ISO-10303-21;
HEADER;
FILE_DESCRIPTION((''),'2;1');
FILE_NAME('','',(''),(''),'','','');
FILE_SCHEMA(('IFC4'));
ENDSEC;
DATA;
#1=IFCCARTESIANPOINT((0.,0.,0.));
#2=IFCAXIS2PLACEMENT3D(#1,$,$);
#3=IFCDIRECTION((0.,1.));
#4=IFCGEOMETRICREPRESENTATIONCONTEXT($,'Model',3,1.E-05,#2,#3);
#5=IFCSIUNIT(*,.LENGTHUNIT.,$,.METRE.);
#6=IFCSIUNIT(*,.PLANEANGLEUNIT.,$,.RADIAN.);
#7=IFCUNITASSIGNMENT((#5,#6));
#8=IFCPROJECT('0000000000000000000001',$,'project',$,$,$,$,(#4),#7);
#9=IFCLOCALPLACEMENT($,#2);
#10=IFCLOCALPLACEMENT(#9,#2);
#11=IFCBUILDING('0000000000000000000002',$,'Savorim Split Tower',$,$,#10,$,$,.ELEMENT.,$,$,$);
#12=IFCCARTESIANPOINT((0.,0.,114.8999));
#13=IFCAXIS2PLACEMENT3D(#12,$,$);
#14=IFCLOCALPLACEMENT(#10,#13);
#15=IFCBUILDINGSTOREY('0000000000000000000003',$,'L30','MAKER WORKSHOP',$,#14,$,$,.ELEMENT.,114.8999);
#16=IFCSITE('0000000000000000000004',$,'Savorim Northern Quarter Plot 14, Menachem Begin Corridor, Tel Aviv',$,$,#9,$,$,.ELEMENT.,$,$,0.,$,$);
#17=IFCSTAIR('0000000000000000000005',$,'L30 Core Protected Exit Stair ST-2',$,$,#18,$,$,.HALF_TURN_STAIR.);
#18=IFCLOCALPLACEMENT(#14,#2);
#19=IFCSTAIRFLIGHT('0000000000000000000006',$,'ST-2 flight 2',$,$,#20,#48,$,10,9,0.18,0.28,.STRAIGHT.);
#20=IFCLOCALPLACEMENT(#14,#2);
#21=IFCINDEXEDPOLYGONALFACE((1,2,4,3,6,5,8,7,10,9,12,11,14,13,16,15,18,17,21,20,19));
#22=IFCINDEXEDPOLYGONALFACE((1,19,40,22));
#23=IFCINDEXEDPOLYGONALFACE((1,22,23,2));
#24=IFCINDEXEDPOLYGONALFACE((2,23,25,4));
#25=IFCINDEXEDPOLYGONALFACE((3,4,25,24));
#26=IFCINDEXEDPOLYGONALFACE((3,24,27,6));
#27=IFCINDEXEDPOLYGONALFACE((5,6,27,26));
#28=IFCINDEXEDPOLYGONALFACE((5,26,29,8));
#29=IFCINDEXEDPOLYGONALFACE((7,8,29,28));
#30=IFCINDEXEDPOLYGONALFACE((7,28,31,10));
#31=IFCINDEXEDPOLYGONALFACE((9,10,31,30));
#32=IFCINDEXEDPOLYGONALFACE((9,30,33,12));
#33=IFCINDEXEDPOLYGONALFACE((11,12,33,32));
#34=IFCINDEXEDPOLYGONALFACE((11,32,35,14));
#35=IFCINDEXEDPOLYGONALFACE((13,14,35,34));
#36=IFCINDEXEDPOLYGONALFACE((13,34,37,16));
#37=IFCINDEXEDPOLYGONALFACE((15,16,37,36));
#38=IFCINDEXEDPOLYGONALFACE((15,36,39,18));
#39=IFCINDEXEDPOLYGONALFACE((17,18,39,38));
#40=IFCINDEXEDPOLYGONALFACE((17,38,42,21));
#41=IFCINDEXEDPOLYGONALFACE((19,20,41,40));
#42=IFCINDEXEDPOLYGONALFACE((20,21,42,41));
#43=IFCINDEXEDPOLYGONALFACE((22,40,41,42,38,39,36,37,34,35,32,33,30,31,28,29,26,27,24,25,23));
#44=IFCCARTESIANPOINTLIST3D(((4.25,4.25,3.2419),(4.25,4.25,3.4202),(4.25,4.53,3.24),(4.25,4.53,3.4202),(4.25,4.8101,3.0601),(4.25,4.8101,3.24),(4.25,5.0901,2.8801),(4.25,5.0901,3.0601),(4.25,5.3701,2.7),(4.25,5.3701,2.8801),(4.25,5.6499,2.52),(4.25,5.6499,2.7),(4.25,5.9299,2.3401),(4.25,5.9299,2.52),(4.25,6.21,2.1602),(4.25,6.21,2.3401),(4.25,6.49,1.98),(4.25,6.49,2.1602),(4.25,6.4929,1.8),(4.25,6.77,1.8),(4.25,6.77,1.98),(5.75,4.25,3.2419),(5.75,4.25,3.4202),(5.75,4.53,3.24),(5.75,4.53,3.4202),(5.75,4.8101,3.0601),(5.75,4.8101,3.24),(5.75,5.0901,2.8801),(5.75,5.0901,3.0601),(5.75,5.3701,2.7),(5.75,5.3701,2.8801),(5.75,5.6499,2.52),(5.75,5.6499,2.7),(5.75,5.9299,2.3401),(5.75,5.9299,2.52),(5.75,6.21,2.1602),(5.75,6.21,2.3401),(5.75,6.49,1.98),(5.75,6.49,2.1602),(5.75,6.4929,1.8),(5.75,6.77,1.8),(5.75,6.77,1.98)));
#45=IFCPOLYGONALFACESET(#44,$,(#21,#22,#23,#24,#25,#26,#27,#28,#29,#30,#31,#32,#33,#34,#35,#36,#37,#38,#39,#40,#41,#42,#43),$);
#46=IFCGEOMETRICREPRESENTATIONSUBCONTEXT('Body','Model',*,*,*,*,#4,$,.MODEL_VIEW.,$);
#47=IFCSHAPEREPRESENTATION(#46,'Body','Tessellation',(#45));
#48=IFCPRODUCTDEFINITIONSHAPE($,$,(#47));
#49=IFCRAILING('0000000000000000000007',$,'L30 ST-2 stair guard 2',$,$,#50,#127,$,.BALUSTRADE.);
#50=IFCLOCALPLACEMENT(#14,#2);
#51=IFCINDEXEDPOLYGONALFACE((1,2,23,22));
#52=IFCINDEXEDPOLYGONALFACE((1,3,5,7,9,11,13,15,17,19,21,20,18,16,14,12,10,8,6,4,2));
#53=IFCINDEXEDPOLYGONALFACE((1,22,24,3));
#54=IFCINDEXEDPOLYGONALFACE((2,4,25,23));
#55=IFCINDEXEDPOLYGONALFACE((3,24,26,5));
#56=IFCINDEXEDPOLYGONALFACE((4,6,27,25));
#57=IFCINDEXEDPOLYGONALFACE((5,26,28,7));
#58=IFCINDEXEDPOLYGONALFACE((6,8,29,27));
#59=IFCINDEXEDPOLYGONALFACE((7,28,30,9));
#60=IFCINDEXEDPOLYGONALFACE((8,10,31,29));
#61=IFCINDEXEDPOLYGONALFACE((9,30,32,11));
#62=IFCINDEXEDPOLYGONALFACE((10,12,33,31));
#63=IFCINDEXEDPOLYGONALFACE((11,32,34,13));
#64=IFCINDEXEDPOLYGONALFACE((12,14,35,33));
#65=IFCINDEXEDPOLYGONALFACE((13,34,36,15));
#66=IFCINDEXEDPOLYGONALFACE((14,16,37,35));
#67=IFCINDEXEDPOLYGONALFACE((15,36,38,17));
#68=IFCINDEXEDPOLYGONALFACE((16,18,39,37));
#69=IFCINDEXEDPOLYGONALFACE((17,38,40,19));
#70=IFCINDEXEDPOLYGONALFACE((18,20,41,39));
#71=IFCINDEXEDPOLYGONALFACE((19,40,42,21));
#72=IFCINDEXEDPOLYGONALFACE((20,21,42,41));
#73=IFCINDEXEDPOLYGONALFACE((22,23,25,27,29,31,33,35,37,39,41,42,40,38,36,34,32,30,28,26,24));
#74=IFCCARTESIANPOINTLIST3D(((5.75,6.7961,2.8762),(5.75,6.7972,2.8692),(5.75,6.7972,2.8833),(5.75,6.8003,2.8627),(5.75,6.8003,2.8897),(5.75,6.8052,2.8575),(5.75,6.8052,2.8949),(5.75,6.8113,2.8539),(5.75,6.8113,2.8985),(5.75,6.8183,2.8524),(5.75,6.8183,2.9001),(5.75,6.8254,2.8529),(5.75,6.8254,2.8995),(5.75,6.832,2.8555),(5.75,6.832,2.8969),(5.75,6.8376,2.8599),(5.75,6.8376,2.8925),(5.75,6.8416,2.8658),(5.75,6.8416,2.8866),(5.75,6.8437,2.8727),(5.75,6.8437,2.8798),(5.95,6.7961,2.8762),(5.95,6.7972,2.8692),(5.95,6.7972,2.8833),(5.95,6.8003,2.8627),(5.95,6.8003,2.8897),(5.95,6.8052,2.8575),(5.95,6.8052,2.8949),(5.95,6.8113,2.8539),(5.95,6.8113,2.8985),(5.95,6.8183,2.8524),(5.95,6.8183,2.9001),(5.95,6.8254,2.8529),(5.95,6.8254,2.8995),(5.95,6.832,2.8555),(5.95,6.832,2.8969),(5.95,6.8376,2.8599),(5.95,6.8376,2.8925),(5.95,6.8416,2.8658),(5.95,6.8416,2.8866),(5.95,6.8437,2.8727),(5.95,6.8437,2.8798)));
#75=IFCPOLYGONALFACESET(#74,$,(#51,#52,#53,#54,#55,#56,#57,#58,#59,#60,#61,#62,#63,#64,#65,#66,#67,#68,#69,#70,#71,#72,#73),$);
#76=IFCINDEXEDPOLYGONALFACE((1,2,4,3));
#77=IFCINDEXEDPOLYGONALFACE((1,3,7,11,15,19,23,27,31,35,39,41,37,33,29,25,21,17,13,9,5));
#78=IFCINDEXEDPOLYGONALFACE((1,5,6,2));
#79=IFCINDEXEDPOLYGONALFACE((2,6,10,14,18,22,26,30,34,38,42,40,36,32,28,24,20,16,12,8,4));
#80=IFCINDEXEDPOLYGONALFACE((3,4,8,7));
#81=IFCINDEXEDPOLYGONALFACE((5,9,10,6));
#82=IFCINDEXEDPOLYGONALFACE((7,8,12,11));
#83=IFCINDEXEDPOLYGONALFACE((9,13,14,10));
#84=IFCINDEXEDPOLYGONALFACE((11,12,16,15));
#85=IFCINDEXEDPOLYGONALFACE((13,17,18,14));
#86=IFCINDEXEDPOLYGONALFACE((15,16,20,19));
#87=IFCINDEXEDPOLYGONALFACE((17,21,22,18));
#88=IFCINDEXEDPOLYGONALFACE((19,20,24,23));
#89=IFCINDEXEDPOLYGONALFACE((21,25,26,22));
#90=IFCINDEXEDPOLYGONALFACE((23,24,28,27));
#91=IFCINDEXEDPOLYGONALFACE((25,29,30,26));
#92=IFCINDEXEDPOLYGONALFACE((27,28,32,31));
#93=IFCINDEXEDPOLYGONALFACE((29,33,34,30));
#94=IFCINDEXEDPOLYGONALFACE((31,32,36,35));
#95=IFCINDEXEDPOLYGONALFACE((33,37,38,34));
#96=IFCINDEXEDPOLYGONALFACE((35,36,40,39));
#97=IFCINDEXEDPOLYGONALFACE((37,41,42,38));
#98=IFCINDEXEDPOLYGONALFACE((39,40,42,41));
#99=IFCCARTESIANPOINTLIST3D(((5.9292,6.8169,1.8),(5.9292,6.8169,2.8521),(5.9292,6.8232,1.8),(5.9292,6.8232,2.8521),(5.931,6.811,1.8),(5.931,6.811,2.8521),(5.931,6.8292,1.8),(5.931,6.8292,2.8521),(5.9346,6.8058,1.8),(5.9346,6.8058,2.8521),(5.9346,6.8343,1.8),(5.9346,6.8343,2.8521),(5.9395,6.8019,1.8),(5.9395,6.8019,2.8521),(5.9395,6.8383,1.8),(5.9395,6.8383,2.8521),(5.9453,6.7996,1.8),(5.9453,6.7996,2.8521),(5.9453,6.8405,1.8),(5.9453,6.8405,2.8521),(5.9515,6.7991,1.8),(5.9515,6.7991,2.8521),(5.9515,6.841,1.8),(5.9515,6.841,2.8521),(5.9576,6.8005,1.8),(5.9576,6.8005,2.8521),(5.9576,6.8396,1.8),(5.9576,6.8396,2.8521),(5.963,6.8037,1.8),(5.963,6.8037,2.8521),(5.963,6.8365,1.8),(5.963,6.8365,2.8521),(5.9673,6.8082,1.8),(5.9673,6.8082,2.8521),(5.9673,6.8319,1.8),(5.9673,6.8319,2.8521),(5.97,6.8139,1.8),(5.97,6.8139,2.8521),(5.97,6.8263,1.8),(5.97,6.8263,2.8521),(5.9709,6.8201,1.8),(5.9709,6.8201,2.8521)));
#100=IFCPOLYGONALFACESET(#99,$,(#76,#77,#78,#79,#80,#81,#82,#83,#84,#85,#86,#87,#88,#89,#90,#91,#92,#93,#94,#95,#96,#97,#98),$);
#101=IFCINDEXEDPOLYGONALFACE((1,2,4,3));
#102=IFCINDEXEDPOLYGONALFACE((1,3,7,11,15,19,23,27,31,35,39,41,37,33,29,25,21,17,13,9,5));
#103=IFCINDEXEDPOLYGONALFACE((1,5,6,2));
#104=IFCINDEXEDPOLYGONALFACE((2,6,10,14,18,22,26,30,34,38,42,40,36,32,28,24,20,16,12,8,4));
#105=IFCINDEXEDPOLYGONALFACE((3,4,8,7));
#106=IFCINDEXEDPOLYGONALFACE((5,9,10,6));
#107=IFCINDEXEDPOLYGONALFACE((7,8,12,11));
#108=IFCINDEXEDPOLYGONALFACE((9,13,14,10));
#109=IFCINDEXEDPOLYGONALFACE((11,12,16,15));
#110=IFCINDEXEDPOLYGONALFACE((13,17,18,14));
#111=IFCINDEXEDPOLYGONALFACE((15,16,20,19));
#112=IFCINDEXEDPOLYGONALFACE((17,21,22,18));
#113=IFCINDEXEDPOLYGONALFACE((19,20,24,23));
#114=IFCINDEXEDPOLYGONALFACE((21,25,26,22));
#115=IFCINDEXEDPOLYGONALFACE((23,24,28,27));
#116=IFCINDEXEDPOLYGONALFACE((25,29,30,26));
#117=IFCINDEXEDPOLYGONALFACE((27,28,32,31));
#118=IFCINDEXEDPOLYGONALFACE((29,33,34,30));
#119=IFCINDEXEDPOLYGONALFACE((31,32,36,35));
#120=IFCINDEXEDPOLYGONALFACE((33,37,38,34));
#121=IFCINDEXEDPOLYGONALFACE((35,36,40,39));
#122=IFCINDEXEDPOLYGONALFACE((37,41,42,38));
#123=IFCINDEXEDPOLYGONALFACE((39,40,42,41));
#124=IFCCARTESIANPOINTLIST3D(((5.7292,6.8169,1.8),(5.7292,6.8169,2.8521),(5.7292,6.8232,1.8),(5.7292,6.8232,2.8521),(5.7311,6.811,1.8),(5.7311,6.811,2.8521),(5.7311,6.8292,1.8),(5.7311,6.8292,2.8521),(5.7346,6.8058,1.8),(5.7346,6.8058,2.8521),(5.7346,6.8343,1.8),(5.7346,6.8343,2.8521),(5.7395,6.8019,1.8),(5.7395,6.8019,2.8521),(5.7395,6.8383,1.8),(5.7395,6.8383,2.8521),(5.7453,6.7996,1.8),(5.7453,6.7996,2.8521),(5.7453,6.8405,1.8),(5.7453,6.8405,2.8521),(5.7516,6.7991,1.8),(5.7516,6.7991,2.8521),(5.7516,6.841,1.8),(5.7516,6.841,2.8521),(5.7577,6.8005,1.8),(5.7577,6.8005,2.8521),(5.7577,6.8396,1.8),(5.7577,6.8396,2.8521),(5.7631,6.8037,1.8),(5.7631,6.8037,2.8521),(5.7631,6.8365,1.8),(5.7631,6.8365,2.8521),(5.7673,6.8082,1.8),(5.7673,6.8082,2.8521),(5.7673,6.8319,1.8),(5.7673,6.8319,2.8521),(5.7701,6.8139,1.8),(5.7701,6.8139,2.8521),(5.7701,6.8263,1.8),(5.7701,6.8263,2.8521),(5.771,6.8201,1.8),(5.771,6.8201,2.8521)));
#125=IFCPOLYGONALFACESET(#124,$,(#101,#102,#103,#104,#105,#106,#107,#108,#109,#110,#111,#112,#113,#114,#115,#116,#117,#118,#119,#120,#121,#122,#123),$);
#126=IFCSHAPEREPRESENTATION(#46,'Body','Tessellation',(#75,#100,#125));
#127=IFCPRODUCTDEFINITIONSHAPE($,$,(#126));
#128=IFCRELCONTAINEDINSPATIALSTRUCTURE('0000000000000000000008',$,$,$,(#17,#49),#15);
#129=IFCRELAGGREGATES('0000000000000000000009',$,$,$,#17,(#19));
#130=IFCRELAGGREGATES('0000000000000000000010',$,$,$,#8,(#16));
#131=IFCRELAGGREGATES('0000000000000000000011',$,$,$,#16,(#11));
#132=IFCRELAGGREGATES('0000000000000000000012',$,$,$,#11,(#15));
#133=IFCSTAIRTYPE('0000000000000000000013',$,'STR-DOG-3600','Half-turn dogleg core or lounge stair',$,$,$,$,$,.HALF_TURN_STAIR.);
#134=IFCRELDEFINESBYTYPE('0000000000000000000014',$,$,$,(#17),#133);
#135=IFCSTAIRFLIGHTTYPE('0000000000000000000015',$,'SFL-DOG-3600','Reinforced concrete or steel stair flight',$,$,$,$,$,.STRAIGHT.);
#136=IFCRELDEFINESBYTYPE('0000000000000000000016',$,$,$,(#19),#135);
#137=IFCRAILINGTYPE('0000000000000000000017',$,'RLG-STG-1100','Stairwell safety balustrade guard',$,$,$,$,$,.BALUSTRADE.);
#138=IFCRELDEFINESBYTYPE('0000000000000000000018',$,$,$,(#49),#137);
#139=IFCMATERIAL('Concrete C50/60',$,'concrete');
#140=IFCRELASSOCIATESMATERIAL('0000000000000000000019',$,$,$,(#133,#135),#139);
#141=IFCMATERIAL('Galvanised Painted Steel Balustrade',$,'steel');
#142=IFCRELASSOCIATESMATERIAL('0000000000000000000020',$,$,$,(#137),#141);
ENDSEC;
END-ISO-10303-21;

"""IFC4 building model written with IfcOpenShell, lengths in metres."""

from ifc_helpers import new_model, si_unit, direction, frame, origin, origin_2d, place, context, subcontext, project, spatial, polyline, circle, outline, extrude, material, type_object, element, aggregate, save


model = new_model("IFC4")

# Units and contexts
model_context = context("Model", 3, precision=1e-05, world=origin(), true_north=direction((0.0, 1.0)))
body_context = subcontext(model_context, "Body", "Model", "MODEL_VIEW")
ifc_project = project(units=[si_unit("LENGTHUNIT", "METRE"), si_unit("PLANEANGLEUNIT", "RADIAN")], contexts=[model_context])

# Site, building, storey
site_placement = place(None, origin())
site = spatial("IfcSite", under=ifc_project, at=site_placement, Name="Savorim Northern Quarter Plot 14, Menachem Begin Corridor, Tel Aviv", CompositionType="ELEMENT", RefElevation=0.0)
building_placement = place(site_placement, origin())
building = spatial("IfcBuilding", under=site, at=building_placement, Name="Savorim Split Tower", CompositionType="ELEMENT")
storey_placement = place(building_placement, frame((0.0, 0.0, 114.8999)))
storey = spatial("IfcBuildingStorey", under=building, at=storey_placement, Name="L30", Description="MAKER WORKSHOP", CompositionType="ELEMENT", Elevation=114.8999)

# Stair, stair flight
ifc_material_1 = material(Name="Concrete C50/60", Category="concrete")
stair_type = type_object("IfcStairType", Name="STR-DOG-3600", Description="Half-turn dogleg core or lounge stair", PredefinedType="HALF_TURN_STAIR", material=ifc_material_1)
stair_placement = place(storey_placement, origin())
stair = element("IfcStair", 1, at=stair_placement, inside=storey, type_object=stair_type, Name="L30 Core Protected Exit Stair ST-2", PredefinedType="HALF_TURN_STAIR")
stair_flight_type = type_object("IfcStairFlightType", Name="SFL-DOG-3600", Description="Reinforced concrete or steel stair flight", PredefinedType="STRAIGHT", material=ifc_material_1)
stair_flight_placement = place(storey_placement, frame((5.0, 6.77, 1.8), z_axis=(0.0, 0.0, 1.0), x_axis=(0.0, -1.0, 0.0)))
stair_flight = element("IfcStairFlight", 2, at=stair_flight_placement, type_object=stair_flight_type, Name="ST-2 flight 2", NumberOfRisers=10, NumberOfTreads=9, PredefinedType="STRAIGHT", RiserHeight=0.18, TreadLength=0.28, context=body_context, shape_type="SweptSolid", body=[
    extrude(outline(polyline([(0.0, 0.0), (0.0, 0.1799), (0.28, 0.1799), (0.28, 0.3601), (0.5601, 0.3601), (0.5601, 0.54), (0.8401, 0.54), (0.8401, 0.72), (1.1201, 0.72), (1.1201, 0.8999), (1.3999, 0.8999), (1.3999, 1.0801), (1.6799, 1.0801), (1.6799, 1.26), (1.96, 1.26), (1.96, 1.4399), (2.24, 1.4399), (2.24, 1.6201), (2.52, 1.6201), (2.52, 1.8), (2.52, 1.4419), (0.2771, 0.0), (0.0, 0.0)])), frame((0.0, 0.75, 0.0), z_axis=(0.0, -1.0, 0.0), x_axis=(1.0, 0.0, 0.0)), (0.0, 0.0, 1.0), 1.5),
])
aggregate(stair, [stair_flight])

# Railing
ifc_material_2 = material(Name="Galvanised Painted Steel Balustrade", Category="steel")
railing_type = type_object("IfcRailingType", Name="RLG-STG-1100", Description="Stairwell safety balustrade guard", PredefinedType="BALUSTRADE", material=ifc_material_2)
railing_1_placement = place(storey_placement, frame((5.95, 6.8201, 1.8)))
element("IfcRailing", 3, at=railing_1_placement, inside=storey, type_object=railing_type, Name="L30 ST-2 stair guard 2", PredefinedType="BALUSTRADE", context=body_context, shape_type="SweptSolid", body=[
    extrude(circle(Radius=0.0239, at=origin_2d()), frame((0.0, 0.0, 1.0762), z_axis=(-1.0, 0.0, 0.0), x_axis=(0.0, -1.0, 0.0)), (0.0, 0.0, 1.0), 0.2),
    extrude(circle(Radius=0.021, at=origin_2d()), origin(), (0.0, 0.0, 1.0), 1.052),
    extrude(circle(Radius=0.021, at=origin_2d()), frame((-0.2, 0.0, 0.0)), (0.0, 0.0, 1.0), 1.052),
])

save(model, "model.ifc")
